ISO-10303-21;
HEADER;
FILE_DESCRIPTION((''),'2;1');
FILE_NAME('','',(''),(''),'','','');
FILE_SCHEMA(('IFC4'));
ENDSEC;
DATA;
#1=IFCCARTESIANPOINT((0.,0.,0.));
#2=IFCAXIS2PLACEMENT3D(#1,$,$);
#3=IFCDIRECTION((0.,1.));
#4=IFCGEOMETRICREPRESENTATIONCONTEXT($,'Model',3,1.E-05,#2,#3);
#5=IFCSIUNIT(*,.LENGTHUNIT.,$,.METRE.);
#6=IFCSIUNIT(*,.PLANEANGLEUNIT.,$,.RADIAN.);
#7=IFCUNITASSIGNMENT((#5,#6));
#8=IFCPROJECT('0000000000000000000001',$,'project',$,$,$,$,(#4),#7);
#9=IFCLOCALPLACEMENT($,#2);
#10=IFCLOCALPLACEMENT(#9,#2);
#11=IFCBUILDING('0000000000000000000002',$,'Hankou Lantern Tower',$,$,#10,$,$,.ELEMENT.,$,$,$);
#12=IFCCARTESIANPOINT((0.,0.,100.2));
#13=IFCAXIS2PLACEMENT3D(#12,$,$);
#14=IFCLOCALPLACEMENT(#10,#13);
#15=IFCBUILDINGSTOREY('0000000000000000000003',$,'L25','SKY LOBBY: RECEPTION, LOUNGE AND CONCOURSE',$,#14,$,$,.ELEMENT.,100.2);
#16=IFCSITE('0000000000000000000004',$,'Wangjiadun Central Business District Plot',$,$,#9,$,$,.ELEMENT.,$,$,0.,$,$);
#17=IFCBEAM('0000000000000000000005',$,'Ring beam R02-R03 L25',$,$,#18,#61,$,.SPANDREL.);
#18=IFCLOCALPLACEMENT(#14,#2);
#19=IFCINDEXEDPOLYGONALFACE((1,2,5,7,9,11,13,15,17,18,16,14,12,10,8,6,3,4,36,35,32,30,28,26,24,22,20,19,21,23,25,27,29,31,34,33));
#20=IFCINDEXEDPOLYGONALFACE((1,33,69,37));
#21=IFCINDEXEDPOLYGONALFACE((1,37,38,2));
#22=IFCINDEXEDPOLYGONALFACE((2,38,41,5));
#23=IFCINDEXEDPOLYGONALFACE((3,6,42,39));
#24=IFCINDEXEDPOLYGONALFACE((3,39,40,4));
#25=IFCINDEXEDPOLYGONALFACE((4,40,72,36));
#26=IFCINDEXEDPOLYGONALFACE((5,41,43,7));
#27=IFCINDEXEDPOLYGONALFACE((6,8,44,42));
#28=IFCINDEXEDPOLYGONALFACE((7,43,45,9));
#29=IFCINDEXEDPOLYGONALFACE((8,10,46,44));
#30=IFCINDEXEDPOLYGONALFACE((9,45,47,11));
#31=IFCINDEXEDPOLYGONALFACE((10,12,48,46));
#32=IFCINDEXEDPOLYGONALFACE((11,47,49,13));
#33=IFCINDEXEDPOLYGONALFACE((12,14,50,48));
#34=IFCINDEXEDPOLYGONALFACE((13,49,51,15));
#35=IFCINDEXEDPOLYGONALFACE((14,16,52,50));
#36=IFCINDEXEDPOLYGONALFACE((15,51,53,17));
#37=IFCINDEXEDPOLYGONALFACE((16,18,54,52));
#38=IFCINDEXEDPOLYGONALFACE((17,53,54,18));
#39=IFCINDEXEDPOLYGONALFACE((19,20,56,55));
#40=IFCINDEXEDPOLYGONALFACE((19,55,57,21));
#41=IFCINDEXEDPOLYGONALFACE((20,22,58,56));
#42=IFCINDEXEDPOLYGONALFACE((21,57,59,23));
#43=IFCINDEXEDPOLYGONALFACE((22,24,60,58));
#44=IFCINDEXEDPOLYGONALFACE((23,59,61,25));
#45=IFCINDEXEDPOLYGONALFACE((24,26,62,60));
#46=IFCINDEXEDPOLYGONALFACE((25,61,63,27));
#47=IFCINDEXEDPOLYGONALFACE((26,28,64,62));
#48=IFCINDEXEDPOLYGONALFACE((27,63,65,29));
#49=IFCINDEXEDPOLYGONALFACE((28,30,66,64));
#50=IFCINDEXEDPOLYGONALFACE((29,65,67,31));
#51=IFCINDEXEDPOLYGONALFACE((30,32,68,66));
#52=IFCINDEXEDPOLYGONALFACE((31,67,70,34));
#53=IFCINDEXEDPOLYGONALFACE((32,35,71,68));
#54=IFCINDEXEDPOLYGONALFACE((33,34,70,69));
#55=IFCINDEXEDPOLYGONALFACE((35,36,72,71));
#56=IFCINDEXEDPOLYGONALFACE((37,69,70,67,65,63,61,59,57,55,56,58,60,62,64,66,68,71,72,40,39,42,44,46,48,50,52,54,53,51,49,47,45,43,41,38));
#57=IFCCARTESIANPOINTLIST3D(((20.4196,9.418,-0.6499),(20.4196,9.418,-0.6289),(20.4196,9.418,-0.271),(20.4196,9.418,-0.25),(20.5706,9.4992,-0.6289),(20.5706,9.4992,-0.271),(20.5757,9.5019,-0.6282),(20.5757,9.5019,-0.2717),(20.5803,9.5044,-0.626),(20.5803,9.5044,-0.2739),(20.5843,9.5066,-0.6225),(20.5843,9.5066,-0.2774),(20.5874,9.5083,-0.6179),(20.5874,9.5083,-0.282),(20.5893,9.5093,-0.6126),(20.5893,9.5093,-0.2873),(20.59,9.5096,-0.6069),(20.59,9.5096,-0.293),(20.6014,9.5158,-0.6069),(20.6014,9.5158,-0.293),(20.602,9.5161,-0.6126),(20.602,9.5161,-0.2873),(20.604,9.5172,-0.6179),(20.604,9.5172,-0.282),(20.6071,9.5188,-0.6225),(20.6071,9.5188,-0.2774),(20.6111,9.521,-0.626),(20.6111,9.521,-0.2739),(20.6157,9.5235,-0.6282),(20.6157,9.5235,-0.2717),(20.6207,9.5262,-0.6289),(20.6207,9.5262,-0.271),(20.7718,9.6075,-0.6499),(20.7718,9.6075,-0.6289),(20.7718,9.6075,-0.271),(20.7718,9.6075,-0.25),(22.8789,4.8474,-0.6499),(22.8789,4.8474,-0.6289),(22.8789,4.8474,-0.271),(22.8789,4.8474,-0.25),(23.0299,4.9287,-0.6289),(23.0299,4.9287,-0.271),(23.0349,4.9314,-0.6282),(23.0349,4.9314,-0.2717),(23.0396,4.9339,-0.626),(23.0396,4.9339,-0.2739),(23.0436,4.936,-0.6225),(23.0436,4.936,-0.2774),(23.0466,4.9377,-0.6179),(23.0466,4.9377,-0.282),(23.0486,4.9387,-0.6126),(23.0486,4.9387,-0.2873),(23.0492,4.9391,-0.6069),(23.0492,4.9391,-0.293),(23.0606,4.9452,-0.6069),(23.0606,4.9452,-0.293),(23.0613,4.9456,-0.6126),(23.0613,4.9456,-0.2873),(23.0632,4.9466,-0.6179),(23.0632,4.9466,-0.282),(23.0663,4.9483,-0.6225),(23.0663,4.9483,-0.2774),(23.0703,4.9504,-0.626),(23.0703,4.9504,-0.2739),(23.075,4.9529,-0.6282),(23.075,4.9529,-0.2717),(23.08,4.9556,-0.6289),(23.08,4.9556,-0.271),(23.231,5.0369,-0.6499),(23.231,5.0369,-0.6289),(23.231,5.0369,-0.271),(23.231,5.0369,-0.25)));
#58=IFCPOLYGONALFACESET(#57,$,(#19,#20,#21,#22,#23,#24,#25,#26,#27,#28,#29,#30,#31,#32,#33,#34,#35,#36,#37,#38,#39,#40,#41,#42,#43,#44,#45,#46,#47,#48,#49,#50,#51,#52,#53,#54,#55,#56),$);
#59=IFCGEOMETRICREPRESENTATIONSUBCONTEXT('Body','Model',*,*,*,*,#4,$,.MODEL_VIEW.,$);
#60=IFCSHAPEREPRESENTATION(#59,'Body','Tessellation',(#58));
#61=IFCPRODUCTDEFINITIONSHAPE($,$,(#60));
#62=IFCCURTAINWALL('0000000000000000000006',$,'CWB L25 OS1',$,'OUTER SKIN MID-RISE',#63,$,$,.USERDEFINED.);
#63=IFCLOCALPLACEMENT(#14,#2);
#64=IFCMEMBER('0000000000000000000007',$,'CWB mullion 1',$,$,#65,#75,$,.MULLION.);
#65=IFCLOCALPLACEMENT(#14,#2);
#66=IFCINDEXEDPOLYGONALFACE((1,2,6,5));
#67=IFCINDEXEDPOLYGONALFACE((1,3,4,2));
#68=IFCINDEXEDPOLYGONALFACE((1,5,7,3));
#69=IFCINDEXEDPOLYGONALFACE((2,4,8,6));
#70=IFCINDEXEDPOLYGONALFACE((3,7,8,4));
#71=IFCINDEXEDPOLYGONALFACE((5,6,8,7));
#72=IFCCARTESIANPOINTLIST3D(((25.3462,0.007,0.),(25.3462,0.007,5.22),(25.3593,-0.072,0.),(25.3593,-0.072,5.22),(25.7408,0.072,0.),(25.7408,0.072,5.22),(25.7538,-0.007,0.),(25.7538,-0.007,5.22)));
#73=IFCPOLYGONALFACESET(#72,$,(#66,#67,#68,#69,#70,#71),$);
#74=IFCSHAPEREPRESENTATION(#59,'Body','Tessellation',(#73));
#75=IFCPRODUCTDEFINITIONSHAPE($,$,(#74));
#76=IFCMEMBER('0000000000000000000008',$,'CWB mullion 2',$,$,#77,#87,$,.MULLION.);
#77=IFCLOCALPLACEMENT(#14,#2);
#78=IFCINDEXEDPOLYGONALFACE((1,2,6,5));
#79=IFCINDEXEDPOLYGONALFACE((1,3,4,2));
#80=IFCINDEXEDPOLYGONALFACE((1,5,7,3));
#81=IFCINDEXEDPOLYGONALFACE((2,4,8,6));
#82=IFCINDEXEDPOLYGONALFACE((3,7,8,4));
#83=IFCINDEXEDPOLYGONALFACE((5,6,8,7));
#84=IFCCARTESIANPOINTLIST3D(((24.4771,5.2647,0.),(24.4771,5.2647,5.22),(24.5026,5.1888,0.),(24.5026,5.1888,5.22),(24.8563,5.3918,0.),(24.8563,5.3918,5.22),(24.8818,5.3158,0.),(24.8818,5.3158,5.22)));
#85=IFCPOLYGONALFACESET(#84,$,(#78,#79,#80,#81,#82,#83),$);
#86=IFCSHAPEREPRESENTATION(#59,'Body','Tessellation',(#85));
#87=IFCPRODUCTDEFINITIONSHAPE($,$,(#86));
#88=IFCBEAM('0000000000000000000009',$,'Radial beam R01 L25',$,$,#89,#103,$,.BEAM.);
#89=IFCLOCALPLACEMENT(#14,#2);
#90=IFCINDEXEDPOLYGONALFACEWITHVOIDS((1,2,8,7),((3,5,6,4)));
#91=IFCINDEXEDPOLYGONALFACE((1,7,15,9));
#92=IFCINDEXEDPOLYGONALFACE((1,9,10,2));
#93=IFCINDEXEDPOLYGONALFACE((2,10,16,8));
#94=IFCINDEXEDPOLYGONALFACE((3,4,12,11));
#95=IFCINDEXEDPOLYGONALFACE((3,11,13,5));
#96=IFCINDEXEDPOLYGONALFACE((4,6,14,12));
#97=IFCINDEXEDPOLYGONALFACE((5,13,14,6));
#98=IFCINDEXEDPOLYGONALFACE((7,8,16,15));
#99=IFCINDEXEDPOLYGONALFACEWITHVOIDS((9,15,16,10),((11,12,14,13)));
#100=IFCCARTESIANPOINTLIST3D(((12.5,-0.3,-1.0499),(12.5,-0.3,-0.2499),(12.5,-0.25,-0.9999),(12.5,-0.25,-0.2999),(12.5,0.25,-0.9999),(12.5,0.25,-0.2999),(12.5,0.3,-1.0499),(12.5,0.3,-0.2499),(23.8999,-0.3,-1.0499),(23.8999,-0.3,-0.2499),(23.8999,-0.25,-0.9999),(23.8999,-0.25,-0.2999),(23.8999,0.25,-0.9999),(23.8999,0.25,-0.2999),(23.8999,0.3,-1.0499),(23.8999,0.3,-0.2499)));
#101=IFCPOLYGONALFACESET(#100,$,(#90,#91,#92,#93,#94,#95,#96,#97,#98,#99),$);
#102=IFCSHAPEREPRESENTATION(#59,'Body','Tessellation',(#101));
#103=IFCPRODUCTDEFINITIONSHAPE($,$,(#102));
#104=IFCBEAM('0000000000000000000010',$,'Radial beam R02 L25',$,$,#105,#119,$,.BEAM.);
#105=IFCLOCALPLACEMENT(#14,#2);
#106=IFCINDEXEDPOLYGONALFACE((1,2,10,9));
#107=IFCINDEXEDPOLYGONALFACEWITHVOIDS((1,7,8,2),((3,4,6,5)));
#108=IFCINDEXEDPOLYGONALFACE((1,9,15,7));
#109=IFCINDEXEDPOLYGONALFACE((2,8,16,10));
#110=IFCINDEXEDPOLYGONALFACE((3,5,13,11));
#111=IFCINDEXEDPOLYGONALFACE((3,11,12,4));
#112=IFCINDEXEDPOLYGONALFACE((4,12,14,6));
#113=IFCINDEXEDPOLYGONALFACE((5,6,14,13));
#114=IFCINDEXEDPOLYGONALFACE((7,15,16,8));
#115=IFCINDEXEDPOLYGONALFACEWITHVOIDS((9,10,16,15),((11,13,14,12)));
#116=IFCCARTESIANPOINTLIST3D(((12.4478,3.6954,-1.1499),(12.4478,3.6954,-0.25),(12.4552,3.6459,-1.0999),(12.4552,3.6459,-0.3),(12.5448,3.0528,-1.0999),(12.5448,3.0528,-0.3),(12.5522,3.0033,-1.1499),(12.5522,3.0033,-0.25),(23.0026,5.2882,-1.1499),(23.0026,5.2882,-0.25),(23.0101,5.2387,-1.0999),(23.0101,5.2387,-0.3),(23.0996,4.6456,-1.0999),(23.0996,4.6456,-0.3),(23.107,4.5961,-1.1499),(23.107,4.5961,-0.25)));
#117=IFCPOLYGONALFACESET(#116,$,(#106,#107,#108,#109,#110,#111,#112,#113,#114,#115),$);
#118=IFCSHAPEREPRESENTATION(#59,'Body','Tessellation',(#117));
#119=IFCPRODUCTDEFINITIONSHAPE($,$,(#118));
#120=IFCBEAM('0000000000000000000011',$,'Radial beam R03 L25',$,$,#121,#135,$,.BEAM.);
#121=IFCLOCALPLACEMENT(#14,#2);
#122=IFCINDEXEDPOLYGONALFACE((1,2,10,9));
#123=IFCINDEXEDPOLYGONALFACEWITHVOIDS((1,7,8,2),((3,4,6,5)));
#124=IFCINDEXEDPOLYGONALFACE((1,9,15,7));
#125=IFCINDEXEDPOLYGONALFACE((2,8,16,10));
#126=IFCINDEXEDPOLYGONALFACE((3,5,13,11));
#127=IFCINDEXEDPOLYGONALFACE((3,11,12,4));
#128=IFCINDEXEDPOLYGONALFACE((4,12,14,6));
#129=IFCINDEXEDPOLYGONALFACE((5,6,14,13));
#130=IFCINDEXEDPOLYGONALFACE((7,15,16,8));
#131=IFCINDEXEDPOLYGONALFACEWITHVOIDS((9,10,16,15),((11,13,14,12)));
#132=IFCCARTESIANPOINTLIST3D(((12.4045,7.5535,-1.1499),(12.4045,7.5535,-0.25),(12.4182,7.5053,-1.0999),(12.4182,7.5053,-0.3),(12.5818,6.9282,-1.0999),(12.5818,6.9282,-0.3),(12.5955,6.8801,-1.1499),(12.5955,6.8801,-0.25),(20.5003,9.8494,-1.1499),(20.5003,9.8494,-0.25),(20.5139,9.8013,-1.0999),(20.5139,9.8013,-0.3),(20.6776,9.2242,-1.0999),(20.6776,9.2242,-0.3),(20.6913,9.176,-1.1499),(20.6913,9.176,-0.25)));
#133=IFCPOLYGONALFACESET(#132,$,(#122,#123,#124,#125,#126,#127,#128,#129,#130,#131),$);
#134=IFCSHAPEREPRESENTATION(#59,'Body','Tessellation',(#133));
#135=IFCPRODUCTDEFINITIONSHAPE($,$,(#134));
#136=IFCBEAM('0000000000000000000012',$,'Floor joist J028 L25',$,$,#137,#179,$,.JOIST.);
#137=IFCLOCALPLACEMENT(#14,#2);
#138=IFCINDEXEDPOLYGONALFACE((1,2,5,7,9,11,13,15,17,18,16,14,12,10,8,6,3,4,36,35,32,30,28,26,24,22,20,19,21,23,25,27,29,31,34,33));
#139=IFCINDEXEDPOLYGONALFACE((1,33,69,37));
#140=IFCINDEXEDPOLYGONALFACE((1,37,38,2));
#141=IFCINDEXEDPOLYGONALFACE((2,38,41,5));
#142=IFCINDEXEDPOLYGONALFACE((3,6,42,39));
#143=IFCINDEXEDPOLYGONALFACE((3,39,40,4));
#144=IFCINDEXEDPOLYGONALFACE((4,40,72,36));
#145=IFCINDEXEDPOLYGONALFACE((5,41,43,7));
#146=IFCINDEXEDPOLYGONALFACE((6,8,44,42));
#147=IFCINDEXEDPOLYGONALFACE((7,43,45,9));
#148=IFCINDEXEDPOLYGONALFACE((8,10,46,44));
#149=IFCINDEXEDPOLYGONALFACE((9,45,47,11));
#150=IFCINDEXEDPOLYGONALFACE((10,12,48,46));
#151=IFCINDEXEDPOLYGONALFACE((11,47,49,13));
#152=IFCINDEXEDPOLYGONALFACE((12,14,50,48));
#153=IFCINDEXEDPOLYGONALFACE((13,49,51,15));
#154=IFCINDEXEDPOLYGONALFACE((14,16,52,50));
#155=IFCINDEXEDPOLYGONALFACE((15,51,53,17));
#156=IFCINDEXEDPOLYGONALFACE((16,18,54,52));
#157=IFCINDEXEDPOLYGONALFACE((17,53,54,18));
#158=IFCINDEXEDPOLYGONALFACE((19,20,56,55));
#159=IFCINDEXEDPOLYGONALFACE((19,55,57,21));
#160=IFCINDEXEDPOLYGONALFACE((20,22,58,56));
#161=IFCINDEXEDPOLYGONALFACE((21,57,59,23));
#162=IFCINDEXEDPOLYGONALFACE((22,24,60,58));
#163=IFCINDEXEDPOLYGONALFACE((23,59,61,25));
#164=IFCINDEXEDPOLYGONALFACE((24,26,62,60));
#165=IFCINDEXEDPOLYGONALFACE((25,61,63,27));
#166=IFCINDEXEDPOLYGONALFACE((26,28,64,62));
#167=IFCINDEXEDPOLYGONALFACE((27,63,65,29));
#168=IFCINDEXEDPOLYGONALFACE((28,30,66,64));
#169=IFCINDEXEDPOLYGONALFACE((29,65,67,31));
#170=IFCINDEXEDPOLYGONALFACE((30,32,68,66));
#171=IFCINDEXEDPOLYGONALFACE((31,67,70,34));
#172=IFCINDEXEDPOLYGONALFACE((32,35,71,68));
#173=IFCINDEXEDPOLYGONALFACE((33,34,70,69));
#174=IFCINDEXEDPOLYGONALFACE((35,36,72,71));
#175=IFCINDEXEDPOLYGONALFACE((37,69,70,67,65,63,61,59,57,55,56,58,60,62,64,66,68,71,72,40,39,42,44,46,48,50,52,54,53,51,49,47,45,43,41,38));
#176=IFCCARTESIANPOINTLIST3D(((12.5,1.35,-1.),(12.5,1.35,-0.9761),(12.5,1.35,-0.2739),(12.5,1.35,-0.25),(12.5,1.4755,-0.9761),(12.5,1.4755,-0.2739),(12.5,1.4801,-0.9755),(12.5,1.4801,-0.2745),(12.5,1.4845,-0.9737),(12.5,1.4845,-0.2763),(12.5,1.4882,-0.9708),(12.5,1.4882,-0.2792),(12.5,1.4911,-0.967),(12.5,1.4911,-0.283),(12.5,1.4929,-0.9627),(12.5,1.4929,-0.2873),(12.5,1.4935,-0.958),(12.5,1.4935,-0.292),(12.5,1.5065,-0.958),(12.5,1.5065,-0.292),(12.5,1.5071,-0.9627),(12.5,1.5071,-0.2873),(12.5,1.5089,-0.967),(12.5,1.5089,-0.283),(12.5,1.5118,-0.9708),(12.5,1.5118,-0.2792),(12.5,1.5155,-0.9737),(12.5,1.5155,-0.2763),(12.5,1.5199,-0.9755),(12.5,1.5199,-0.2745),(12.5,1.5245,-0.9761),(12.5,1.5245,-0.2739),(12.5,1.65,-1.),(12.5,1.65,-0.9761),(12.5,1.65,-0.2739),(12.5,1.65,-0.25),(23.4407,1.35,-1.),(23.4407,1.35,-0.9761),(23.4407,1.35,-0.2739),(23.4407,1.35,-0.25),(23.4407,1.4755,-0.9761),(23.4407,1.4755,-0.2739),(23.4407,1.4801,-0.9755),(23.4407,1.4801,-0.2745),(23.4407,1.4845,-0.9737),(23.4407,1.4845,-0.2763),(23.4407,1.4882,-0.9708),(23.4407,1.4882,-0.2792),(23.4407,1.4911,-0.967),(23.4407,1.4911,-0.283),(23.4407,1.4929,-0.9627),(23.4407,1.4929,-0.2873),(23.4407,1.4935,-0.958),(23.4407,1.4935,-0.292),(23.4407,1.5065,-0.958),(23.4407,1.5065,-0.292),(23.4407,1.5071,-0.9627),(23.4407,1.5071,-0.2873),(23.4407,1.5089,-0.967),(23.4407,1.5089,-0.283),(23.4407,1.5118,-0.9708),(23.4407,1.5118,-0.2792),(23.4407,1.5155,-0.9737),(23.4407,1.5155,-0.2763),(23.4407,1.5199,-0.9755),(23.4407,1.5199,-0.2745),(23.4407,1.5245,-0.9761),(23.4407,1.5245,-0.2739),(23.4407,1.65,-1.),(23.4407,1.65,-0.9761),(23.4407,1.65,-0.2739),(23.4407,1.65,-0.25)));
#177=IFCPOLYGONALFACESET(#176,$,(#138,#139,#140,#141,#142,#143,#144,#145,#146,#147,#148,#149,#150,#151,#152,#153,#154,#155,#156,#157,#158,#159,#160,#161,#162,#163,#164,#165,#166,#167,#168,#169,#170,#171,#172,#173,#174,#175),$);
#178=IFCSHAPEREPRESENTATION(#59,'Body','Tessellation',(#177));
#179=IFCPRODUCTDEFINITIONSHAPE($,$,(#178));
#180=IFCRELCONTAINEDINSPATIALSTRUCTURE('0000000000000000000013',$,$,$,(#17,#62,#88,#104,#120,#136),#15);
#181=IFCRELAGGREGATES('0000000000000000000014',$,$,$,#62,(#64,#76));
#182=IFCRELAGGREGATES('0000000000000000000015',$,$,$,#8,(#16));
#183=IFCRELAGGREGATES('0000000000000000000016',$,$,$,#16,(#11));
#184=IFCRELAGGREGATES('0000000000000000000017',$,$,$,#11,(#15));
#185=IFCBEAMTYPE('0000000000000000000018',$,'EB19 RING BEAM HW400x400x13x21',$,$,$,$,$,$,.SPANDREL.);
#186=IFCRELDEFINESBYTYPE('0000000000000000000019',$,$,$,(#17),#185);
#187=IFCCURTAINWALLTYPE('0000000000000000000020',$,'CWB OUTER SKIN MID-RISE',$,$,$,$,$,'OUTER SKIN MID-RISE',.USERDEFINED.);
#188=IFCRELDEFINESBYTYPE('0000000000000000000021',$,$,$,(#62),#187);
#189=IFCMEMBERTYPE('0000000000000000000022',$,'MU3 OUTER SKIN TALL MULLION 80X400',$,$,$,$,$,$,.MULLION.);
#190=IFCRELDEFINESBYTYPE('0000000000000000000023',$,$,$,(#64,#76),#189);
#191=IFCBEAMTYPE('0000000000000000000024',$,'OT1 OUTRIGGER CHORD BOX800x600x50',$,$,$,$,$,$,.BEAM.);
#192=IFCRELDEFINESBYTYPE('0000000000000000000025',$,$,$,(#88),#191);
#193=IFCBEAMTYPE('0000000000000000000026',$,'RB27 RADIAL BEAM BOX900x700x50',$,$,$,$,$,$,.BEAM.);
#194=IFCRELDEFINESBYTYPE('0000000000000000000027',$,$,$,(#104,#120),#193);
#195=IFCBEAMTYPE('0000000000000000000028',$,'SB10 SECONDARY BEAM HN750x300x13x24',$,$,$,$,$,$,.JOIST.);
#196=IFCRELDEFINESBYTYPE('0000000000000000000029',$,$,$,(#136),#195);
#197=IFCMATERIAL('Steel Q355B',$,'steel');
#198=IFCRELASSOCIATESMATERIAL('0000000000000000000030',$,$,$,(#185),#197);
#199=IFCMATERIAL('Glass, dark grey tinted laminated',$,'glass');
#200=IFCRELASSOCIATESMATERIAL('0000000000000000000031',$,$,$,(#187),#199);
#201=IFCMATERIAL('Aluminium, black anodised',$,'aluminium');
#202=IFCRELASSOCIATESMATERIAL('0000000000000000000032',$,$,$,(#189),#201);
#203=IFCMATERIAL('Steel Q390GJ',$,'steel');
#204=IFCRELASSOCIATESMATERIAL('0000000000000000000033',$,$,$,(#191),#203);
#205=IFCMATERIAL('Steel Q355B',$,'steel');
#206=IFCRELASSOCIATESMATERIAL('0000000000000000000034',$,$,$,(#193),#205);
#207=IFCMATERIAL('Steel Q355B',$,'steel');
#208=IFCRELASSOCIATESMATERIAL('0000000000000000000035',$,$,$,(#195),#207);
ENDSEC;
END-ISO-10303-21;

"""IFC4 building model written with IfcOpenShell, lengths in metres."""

from ifc_helpers import new_model, si_unit, direction, frame, origin, origin_2d, place, context, subcontext, project, spatial, rectangle, hollow_rectangle, i_section, extrude, material, material_profile, profile_set, type_object, element, aggregate, save


model = new_model("IFC4")

# Units and contexts
model_context = context("Model", 3, precision=1e-05, world=origin(), true_north=direction((0.0, 1.0)))
body_context = subcontext(model_context, "Body", "Model", "MODEL_VIEW")
ifc_project = project(units=[si_unit("LENGTHUNIT", "METRE"), si_unit("PLANEANGLEUNIT", "RADIAN")], contexts=[model_context])

# Site, building, storey
site_placement = place(None, origin())
site = spatial("IfcSite", under=ifc_project, at=site_placement, Name="Wangjiadun Central Business District Plot", CompositionType="ELEMENT", RefElevation=0.0)
building_placement = place(site_placement, origin())
building = spatial("IfcBuilding", under=site, at=building_placement, Name="Hankou Lantern Tower", CompositionType="ELEMENT")
storey_placement = place(building_placement, frame((0.0, 0.0, 100.2)))
storey = spatial("IfcBuildingStorey", under=building, at=storey_placement, Name="L25", Description="SKY LOBBY: RECEPTION, LOUNGE AND CONCOURSE", CompositionType="ELEMENT", Elevation=100.2)

# Beam
ifc_material_1 = material(Name="Steel Q355B", Category="steel")
ifc_material_profile_1 = material_profile(ifc_material_1, i_section(OverallWidth=0.3999, OverallDepth=0.3999, WebThickness=0.0129, FlangeThickness=0.021, FilletRadius=0.022, at=origin_2d()), Name="HW400x400x13x21")
ifc_profile_set_1 = profile_set([ifc_material_profile_1], Name="Steel Q355B")
beam_type_1 = type_object("IfcBeamType", Name="EB19 RING BEAM HW400x400x13x21", PredefinedType="SPANDREL", material=ifc_profile_set_1)
beam_1_placement = place(storey_placement, frame((23.0549, 4.9421, -0.45), z_axis=(-0.473825, 0.880619, 0.0), x_axis=(-0.880619, -0.473825, 0.0)))
element("IfcBeam", 1, at=beam_1_placement, inside=storey, type_object=beam_type_1, Name="Ring beam R02-R03 L25", PredefinedType="SPANDREL", context=body_context, shape_type="SweptSolid", body=[
    extrude(i_section(OverallWidth=0.3999, OverallDepth=0.3999, WebThickness=0.0129, FlangeThickness=0.021, FilletRadius=0.022, at=origin_2d()), origin(), (0.0, 0.0, 1.0), 5.1902),
])

# Curtain wall, members
ifc_material_2 = material(Name="Glass, dark grey tinted laminated", Category="glass")
curtain_wall_type = type_object("IfcCurtainWallType", Name="CWB OUTER SKIN MID-RISE", ElementType="OUTER SKIN MID-RISE", PredefinedType="USERDEFINED", material=ifc_material_2)
curtain_wall_placement = place(storey_placement, origin())
curtain_wall = element("IfcCurtainWall", 2, at=curtain_wall_placement, inside=storey, type_object=curtain_wall_type, Name="CWB L25 OS1", ObjectType="OUTER SKIN MID-RISE", PredefinedType="USERDEFINED")
ifc_material_3 = material(Name="Aluminium, black anodised", Category="aluminium")
ifc_material_profile_2 = material_profile(ifc_material_3, rectangle(XDim=0.0801, YDim=0.3999, at=origin_2d()), Name="MU3 80X400")
ifc_profile_set_2 = profile_set([ifc_material_profile_2], Name="Aluminium, black anodised")
member_type_1 = type_object("IfcMemberType", Name="MU3 OUTER SKIN TALL MULLION 80X400", PredefinedType="MULLION", material=ifc_profile_set_2)
member_1_placement = place(storey_placement, frame((25.55, 0.0, 0.0), z_axis=(0.0, 0.0, 1.0), x_axis=(-0.162382, 0.986728, 0.0)))
member_1 = element("IfcMember", 3, at=member_1_placement, type_object=member_type_1, Name="CWB mullion 1", PredefinedType="MULLION", context=body_context, shape_type="SweptSolid", body=[
    extrude(rectangle(XDim=0.0801, YDim=0.3999, at=origin_2d()), origin(), (0.0, 0.0, 1.0), 5.22),
])
member_2_placement = place(storey_placement, frame((24.6794, 5.2903, 0.0), z_axis=(0.0, 0.0, 1.0), x_axis=(-0.317596, 0.948226, 0.0)))
member_2 = element("IfcMember", 4, at=member_2_placement, type_object=member_type_1, Name="CWB mullion 2", PredefinedType="MULLION", context=body_context, shape_type="SweptSolid", body=[
    extrude(rectangle(XDim=0.0801, YDim=0.3999, at=origin_2d()), origin(), (0.0, 0.0, 1.0), 5.22),
])

# Beams
ifc_material_4 = material(Name="Steel Q390GJ", Category="steel")
ifc_material_profile_3 = material_profile(ifc_material_4, hollow_rectangle(XDim=0.6001, YDim=0.8, WallThickness=0.05, at=origin_2d()), Name="BOX800x600x50")
ifc_profile_set_3 = profile_set([ifc_material_profile_3], Name="Steel Q390GJ")
beam_type_2 = type_object("IfcBeamType", Name="OT1 OUTRIGGER CHORD BOX800x600x50", PredefinedType="BEAM", material=ifc_profile_set_3)
beam_2_placement = place(storey_placement, frame((12.5, 0.0, -0.6499), z_axis=(1.0, 0.0, 0.0), x_axis=(0.0, 1.0, 0.0)))
element("IfcBeam", 5, at=beam_2_placement, inside=storey, type_object=beam_type_2, Name="Radial beam R01 L25", PredefinedType="BEAM", context=body_context, shape_type="SweptSolid", body=[
    extrude(hollow_rectangle(XDim=0.6001, YDim=0.8, WallThickness=0.05, at=origin_2d()), origin(), (0.0, 0.0, 1.0), 11.3999),
])
ifc_material_5 = material(Name="Steel Q355B", Category="steel")
ifc_material_profile_4 = material_profile(ifc_material_5, hollow_rectangle(XDim=0.7, YDim=0.8999, WallThickness=0.05, at=origin_2d()), Name="BOX900x700x50")
ifc_profile_set_4 = profile_set([ifc_material_profile_4], Name="Steel Q355B")
beam_type_3 = type_object("IfcBeamType", Name="RB27 RADIAL BEAM BOX900x700x50", PredefinedType="BEAM", material=ifc_profile_set_4)
beam_3_placement = place(storey_placement, frame((12.5, 3.3494, -0.7), z_axis=(0.988805, 0.149214, 0.0), x_axis=(-0.149214, 0.988805, 0.0)))
element("IfcBeam", 6, at=beam_3_placement, inside=storey, type_object=beam_type_3, Name="Radial beam R02 L25", PredefinedType="BEAM", context=body_context, shape_type="SweptSolid", body=[
    extrude(hollow_rectangle(XDim=0.7, YDim=0.8999, WallThickness=0.05, at=origin_2d()), origin(), (0.0, 0.0, 1.0), 10.6743),
])
beam_4_placement = place(storey_placement, frame((12.5, 7.2168, -0.7), z_axis=(0.962061, 0.272835, 0.0), x_axis=(-0.272835, 0.962061, 0.0)))
element("IfcBeam", 7, at=beam_4_placement, inside=storey, type_object=beam_type_3, Name="Radial beam R03 L25", PredefinedType="BEAM", context=body_context, shape_type="SweptSolid", body=[
    extrude(hollow_rectangle(XDim=0.7, YDim=0.8999, WallThickness=0.05, at=origin_2d()), origin(), (0.0, 0.0, 1.0), 8.415),
])
ifc_material_6 = material(Name="Steel Q355B", Category="steel")
ifc_material_profile_5 = material_profile(ifc_material_6, i_section(OverallWidth=0.3, OverallDepth=0.75, WebThickness=0.0129, FlangeThickness=0.0239, FilletRadius=0.0181, at=origin_2d()), Name="HN750x300x13x24")
ifc_profile_set_5 = profile_set([ifc_material_profile_5], Name="Steel Q355B")
beam_type_4 = type_object("IfcBeamType", Name="SB10 SECONDARY BEAM HN750x300x13x24", PredefinedType="JOIST", material=ifc_profile_set_5)
beam_5_placement = place(storey_placement, frame((12.5, 1.5, -0.625), z_axis=(1.0, 0.0, 0.0), x_axis=(0.0, 1.0, 0.0)))
element("IfcBeam", 8, at=beam_5_placement, inside=storey, type_object=beam_type_4, Name="Floor joist J028 L25", PredefinedType="JOIST", context=body_context, shape_type="SweptSolid", body=[
    extrude(i_section(OverallWidth=0.3, OverallDepth=0.75, WebThickness=0.0129, FlangeThickness=0.0239, FilletRadius=0.0181, at=origin_2d()), origin(), (0.0, 0.0, 1.0), 10.9407),
])

aggregate(curtain_wall, [member_1, member_2])

save(model, "model.ifc")
